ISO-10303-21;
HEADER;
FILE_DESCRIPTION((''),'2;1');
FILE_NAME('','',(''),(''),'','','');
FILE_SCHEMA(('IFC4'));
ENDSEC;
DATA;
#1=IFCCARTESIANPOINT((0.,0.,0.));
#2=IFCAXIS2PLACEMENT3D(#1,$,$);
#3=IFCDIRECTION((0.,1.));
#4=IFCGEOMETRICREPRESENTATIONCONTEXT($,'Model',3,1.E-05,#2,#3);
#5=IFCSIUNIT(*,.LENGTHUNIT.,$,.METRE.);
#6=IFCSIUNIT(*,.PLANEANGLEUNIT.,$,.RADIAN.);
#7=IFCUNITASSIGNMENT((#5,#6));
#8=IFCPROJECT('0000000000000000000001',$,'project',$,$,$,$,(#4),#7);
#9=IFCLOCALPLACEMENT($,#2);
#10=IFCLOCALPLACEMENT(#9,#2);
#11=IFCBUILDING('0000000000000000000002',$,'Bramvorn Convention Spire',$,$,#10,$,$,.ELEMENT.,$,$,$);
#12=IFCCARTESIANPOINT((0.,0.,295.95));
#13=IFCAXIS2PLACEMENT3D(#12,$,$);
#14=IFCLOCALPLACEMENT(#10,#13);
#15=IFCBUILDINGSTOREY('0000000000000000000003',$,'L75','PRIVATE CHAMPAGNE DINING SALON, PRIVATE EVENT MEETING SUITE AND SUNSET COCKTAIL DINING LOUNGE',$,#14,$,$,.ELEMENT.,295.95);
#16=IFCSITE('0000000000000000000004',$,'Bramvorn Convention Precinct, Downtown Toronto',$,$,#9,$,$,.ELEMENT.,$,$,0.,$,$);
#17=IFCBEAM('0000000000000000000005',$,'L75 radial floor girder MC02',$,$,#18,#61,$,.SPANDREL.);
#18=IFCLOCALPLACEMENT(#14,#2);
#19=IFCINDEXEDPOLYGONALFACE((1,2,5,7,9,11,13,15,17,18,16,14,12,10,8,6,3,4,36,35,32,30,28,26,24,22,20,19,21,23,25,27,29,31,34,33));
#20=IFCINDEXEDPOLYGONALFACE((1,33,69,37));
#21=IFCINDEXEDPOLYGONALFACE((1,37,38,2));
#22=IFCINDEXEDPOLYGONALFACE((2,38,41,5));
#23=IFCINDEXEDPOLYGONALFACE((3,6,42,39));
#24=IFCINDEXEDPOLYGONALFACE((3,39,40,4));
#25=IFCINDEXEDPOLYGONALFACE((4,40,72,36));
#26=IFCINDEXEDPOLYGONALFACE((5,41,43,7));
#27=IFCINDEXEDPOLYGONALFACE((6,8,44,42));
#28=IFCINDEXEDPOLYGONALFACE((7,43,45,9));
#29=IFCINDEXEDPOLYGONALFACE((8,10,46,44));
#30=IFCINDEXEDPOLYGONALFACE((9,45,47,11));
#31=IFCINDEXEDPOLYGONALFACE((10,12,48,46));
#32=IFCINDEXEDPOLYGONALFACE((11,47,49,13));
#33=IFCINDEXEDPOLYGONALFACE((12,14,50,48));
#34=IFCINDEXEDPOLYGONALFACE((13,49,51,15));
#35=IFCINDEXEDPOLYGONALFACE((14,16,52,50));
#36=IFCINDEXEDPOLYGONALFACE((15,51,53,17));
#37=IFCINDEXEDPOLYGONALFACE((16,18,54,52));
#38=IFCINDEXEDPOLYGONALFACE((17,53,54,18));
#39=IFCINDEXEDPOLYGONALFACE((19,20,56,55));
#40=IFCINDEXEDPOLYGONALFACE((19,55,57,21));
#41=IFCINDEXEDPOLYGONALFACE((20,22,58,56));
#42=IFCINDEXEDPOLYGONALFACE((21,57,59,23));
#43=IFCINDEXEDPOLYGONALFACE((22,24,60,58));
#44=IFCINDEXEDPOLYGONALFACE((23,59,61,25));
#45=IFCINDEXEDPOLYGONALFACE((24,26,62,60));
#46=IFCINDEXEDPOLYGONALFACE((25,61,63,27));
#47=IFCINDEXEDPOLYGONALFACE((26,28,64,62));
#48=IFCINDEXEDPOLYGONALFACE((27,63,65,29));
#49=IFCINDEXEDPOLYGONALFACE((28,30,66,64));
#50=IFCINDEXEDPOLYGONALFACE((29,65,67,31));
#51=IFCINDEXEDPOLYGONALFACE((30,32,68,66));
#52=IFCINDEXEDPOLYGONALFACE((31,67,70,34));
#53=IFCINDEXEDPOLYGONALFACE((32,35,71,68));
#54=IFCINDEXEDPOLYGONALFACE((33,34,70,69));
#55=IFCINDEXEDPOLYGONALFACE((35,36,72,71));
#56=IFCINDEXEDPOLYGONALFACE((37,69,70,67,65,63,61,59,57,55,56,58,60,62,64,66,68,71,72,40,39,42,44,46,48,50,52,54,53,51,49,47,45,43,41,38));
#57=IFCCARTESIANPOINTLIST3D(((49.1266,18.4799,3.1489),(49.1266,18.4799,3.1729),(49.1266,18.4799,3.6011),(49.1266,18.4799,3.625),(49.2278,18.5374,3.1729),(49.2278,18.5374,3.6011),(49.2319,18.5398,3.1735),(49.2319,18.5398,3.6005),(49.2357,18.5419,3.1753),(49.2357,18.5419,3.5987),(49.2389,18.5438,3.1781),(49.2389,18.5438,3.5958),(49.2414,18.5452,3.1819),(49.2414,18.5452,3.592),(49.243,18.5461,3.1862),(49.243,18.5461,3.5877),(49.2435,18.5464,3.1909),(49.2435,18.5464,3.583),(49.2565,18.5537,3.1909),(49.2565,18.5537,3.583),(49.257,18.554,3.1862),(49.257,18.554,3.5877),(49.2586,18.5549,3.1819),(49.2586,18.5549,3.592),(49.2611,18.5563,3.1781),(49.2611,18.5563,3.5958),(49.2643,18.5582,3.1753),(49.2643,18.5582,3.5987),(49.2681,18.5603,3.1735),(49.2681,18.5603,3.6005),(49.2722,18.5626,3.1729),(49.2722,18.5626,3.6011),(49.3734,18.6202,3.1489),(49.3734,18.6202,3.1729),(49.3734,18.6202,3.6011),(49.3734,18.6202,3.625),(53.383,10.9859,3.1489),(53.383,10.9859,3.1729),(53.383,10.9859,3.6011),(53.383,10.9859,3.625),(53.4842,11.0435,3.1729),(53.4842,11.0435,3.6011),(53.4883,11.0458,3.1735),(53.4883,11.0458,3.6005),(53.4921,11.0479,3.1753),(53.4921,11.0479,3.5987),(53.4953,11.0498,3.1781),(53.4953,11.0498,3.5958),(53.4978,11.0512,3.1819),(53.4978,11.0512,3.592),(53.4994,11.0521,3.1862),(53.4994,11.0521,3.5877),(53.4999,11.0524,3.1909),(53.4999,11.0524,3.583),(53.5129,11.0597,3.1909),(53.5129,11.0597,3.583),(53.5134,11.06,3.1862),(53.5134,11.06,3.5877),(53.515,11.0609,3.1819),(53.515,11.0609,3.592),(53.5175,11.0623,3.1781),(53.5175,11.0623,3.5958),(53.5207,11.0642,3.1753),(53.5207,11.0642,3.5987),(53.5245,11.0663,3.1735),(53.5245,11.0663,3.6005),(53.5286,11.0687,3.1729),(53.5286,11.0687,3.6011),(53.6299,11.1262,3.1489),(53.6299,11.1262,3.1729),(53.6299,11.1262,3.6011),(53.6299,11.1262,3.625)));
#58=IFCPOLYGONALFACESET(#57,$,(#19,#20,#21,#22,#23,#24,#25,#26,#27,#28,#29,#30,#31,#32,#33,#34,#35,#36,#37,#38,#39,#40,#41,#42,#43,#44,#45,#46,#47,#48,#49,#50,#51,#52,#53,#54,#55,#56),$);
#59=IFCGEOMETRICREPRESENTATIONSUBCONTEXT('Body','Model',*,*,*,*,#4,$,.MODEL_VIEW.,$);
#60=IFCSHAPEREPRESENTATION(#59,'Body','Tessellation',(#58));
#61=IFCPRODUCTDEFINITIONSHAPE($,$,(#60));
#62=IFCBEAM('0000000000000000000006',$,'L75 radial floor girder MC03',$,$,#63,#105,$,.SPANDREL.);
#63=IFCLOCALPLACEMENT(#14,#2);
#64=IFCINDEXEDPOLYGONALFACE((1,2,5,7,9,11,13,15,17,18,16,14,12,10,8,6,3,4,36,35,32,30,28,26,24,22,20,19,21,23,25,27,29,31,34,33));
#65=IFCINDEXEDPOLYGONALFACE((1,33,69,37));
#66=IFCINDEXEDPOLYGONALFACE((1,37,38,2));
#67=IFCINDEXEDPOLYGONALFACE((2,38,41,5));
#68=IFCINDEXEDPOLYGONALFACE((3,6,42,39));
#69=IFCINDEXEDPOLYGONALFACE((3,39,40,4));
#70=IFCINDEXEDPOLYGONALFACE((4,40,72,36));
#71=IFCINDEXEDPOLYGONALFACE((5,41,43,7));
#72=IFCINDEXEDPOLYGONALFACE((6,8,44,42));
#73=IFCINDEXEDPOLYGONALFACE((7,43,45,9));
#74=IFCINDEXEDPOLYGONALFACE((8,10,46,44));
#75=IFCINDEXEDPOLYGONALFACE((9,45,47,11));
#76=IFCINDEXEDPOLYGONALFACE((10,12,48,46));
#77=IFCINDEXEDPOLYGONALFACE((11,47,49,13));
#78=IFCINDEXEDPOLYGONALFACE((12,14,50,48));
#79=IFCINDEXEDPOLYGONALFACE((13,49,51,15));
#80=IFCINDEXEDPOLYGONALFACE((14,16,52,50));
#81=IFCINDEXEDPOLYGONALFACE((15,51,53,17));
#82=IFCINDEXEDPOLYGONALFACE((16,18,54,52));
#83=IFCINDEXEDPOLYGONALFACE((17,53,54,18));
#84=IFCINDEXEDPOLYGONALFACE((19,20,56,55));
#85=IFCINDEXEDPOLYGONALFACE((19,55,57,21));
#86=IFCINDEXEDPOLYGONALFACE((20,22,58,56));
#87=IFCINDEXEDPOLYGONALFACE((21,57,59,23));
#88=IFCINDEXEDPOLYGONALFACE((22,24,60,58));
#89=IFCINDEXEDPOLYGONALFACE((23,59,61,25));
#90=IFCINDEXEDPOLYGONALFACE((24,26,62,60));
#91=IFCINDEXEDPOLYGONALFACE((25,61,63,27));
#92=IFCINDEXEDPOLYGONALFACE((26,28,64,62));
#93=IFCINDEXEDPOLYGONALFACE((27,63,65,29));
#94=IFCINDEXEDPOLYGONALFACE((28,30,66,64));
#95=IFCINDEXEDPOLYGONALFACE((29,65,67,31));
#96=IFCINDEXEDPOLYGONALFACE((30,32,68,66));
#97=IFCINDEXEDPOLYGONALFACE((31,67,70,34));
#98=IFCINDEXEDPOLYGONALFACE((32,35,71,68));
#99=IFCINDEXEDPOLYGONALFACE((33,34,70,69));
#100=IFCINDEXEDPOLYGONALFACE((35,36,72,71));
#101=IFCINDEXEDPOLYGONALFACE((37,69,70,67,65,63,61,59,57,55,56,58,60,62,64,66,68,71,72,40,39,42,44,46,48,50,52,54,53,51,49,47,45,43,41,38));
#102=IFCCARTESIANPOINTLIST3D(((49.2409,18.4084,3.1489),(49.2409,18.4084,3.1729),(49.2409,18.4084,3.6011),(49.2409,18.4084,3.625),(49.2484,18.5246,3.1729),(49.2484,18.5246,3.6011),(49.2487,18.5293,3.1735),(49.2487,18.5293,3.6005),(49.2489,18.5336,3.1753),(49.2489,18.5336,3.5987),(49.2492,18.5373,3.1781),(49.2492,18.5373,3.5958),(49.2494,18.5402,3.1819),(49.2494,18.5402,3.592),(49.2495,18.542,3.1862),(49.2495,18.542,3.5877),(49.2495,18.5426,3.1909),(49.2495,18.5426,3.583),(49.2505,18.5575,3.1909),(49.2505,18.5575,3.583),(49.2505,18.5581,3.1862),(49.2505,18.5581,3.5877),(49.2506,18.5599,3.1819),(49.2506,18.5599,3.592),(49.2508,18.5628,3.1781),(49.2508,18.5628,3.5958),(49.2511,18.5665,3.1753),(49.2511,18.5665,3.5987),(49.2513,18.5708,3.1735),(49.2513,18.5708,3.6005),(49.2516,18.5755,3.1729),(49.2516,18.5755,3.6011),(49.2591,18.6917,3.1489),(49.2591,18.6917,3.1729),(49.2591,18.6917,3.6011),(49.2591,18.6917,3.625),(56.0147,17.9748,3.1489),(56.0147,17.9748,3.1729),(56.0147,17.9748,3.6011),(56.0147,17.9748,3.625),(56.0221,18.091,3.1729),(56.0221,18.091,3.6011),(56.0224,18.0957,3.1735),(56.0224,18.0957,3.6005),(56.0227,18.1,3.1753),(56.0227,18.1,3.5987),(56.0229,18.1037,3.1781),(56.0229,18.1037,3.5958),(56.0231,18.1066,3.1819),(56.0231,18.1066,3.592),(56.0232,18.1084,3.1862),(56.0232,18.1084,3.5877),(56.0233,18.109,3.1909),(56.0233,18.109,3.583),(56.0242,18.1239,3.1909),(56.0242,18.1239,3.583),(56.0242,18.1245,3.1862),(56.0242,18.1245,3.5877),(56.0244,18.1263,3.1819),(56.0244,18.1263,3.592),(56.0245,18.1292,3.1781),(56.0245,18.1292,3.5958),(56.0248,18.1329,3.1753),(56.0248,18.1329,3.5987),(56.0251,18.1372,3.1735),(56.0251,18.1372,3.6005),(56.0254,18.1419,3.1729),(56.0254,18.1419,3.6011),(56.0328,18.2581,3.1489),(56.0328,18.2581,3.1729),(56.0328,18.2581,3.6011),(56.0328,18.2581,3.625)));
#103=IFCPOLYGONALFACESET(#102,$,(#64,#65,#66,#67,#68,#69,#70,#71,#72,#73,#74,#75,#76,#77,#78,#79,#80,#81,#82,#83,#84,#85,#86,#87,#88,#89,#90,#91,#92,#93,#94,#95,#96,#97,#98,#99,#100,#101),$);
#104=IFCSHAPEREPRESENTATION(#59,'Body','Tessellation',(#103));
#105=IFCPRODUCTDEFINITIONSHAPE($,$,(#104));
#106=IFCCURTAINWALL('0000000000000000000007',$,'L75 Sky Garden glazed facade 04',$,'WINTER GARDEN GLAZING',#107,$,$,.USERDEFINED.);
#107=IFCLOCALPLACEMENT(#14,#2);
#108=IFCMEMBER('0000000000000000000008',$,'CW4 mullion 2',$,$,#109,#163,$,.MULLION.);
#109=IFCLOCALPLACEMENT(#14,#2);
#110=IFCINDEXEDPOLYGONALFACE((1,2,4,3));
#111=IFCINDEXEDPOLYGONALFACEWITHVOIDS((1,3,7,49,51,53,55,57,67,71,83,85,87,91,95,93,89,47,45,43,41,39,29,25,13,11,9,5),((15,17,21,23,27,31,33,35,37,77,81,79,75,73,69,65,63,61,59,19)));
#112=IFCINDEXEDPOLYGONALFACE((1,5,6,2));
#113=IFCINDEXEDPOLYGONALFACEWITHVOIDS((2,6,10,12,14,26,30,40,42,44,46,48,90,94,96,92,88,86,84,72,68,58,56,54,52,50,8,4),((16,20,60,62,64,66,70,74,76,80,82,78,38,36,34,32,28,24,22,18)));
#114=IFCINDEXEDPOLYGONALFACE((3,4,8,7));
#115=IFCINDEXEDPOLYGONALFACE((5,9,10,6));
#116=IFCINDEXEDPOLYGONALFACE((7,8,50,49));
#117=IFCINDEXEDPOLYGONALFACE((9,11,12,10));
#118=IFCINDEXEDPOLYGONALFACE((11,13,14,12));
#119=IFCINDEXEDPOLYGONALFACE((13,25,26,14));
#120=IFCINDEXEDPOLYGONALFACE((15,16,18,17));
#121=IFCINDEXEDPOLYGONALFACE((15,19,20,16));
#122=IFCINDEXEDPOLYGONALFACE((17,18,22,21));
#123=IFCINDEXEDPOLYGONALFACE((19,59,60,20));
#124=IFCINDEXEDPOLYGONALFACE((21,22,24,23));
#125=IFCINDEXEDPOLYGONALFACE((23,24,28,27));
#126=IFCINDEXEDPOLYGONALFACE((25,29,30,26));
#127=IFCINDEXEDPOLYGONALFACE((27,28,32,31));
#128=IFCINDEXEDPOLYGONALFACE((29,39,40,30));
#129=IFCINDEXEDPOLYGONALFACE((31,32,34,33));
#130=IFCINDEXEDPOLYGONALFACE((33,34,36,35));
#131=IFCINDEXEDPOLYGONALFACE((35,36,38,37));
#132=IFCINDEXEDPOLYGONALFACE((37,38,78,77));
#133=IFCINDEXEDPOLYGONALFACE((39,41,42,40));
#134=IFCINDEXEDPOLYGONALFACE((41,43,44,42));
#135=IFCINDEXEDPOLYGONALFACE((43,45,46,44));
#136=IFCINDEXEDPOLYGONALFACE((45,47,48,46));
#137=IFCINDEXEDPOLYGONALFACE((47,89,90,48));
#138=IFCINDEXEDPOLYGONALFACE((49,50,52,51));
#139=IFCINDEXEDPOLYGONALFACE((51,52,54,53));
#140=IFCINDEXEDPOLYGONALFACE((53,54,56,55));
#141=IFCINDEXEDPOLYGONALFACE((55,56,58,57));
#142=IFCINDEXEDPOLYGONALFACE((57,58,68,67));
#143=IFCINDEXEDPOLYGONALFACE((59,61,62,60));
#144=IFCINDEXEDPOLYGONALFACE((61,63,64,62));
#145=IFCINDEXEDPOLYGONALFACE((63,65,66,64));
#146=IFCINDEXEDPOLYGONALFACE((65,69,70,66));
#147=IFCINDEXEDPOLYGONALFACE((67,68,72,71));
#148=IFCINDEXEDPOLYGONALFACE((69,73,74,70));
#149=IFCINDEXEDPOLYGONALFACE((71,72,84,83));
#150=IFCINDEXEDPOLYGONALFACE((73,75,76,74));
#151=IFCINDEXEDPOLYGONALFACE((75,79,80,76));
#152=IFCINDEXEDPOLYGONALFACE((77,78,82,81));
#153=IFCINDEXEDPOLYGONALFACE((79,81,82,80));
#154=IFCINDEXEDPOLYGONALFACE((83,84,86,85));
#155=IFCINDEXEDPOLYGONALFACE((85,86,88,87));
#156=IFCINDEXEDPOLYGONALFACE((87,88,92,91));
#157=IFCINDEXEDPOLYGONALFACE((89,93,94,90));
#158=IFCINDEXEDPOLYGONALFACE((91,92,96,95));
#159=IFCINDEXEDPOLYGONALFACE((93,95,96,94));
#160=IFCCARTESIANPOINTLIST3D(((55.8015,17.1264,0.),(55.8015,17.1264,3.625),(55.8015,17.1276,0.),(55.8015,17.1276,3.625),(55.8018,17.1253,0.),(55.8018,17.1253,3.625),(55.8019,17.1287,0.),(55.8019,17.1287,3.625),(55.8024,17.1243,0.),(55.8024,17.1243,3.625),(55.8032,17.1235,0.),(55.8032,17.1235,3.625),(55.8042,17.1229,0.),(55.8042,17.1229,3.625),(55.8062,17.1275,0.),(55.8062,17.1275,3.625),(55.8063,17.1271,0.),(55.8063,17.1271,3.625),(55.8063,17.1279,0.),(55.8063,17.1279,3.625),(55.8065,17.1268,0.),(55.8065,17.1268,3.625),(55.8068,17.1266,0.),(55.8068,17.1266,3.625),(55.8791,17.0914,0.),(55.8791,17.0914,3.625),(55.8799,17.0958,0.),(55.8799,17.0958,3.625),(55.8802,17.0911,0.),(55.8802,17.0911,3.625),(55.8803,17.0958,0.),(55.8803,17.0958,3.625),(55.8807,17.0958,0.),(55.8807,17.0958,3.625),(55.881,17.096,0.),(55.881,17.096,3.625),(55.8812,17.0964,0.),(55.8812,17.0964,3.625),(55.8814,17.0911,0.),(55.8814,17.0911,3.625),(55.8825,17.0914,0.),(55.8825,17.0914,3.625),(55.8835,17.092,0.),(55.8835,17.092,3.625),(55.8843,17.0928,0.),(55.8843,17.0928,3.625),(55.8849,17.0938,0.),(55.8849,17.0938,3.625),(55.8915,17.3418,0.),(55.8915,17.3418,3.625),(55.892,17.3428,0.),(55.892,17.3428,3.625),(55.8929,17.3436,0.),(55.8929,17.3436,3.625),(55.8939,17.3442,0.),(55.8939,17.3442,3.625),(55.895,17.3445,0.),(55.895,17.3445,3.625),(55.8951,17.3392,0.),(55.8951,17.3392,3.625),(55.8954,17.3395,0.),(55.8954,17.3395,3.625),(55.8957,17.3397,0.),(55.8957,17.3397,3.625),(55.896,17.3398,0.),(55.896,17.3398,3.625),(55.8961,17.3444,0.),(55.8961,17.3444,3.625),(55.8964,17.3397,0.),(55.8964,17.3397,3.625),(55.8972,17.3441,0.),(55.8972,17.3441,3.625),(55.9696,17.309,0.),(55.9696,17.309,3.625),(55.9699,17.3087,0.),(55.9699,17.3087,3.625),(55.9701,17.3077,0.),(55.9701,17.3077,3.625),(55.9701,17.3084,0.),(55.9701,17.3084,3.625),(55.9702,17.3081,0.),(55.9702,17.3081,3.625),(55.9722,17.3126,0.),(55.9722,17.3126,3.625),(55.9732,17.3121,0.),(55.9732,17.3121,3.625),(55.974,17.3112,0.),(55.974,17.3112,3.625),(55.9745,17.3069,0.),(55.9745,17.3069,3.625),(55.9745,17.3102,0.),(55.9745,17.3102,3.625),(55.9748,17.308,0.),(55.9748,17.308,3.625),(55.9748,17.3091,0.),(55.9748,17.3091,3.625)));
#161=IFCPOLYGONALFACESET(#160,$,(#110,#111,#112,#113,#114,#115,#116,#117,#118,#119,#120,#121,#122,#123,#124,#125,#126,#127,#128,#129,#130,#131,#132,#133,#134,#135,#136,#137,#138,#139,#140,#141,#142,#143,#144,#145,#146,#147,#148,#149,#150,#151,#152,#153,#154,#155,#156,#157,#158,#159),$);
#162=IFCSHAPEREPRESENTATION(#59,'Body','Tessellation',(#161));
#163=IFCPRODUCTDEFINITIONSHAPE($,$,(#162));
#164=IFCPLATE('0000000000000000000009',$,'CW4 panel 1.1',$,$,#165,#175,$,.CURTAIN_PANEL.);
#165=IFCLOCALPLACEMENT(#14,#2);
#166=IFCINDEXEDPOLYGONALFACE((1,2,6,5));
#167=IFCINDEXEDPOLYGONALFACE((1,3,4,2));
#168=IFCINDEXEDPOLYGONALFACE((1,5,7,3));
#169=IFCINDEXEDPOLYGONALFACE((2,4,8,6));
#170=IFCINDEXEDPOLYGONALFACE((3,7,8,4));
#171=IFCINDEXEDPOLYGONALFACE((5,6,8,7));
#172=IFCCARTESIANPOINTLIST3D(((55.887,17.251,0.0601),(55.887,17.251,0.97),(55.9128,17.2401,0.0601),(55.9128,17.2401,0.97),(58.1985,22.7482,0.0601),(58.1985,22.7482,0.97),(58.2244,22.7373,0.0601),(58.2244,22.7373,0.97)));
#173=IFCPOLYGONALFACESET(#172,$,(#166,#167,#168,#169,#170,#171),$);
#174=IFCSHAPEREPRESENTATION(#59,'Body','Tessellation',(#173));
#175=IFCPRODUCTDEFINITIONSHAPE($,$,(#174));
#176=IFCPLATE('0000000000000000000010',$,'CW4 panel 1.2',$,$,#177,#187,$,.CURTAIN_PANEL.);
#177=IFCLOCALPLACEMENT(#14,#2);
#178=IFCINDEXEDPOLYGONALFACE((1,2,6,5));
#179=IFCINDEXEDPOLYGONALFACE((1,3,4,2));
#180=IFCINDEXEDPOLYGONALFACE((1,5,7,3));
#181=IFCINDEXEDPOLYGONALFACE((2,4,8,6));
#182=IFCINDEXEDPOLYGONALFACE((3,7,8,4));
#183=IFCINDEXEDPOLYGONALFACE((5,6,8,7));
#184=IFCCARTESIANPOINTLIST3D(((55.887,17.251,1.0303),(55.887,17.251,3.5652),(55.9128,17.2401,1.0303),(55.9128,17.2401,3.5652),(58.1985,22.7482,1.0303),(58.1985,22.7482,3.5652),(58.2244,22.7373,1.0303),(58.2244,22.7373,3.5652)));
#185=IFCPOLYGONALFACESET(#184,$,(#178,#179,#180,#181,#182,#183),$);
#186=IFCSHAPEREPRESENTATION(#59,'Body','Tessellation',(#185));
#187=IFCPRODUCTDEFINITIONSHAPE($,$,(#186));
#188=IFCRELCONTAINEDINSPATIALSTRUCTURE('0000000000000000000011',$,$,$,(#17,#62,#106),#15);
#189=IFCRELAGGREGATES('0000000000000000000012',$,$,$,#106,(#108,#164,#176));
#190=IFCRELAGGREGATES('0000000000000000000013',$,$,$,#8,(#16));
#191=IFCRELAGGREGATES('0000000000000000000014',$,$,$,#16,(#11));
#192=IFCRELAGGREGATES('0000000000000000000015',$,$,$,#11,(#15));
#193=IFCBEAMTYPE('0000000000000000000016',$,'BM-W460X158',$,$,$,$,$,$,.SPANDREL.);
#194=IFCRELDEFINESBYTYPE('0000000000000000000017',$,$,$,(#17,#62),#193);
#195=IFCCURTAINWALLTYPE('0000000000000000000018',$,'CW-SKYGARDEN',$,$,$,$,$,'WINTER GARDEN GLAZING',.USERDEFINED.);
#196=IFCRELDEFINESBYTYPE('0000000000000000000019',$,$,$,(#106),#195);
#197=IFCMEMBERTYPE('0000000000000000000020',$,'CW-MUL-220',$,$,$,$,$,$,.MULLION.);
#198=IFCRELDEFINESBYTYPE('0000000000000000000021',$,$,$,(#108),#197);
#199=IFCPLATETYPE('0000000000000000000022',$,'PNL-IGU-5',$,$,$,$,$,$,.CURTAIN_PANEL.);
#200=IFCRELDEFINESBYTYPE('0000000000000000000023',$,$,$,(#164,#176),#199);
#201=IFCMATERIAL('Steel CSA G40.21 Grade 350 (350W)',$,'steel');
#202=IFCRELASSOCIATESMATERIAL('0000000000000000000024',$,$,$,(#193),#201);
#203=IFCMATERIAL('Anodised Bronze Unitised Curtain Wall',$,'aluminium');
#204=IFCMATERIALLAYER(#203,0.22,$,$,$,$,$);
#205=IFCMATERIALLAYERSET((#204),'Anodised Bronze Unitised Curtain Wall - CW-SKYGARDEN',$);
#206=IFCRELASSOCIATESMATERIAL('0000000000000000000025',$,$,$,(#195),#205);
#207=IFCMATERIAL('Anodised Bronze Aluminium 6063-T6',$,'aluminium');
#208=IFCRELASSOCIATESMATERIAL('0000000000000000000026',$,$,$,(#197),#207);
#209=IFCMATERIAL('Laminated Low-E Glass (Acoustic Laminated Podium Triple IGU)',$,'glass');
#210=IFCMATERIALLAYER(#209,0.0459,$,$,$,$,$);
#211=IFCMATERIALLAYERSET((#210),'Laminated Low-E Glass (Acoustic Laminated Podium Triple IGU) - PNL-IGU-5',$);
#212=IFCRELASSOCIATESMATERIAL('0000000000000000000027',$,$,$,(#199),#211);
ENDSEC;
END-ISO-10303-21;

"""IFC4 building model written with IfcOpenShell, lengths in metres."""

from ifc_helpers import new_model, si_unit, direction, frame, origin, origin_2d, place, context, subcontext, project, spatial, rectangle, hollow_rectangle, i_section, extrude, material, layer, layer_set, material_profile, profile_set, type_object, element, aggregate, save


model = new_model("IFC4")

# Units and contexts
model_context = context("Model", 3, precision=1e-05, world=origin(), true_north=direction((0.0, 1.0)))
body_context = subcontext(model_context, "Body", "Model", "MODEL_VIEW")
ifc_project = project(units=[si_unit("LENGTHUNIT", "METRE"), si_unit("PLANEANGLEUNIT", "RADIAN")], contexts=[model_context])

# Site, building, storey
site_placement = place(None, origin())
site = spatial("IfcSite", under=ifc_project, at=site_placement, Name="Bramvorn Convention Precinct, Downtown Toronto", CompositionType="ELEMENT", RefElevation=0.0)
building_placement = place(site_placement, origin())
building = spatial("IfcBuilding", under=site, at=building_placement, Name="Bramvorn Convention Spire", CompositionType="ELEMENT")
storey_placement = place(building_placement, frame((0.0, 0.0, 295.95)))
storey = spatial("IfcBuildingStorey", under=building, at=storey_placement, Name="L75", Description="PRIVATE CHAMPAGNE DINING SALON, PRIVATE EVENT MEETING SUITE AND SUNSET COCKTAIL DINING LOUNGE", CompositionType="ELEMENT", Elevation=295.95)

# Shared definitions
ifc_material_1 = material(Name="Steel CSA G40.21 Grade 350 (350W)", Category="steel")

# Beams
ifc_material_profile_1 = material_profile(ifc_material_1, i_section(OverallWidth=0.2839, OverallDepth=0.4761, WebThickness=0.0149, FlangeThickness=0.0239, FilletRadius=0.0181, at=origin_2d()))
ifc_profile_set_1 = profile_set([ifc_material_profile_1], Name="Steel CSA G40.21 Grade 350 (350W) - W460X158")
beam_type_1 = type_object("IfcBeamType", Name="BM-W460X158", PredefinedType="SPANDREL", material=ifc_profile_set_1)
beam_1_placement = place(storey_placement, frame((49.25, 18.55, 3.387), z_axis=(0.493874, -0.869534, 0.0), x_axis=(0.869534, 0.493874, 0.0)))
element("IfcBeam", 1, at=beam_1_placement, inside=storey, type_object=beam_type_1, Name="L75 radial floor girder MC02", PredefinedType="SPANDREL", context=body_context, shape_type="SweptSolid", body=[
    extrude(i_section(OverallWidth=0.2839, OverallDepth=0.4761, WebThickness=0.0149, FlangeThickness=0.0239, FilletRadius=0.0181, at=origin_2d()), origin(), (0.0, 0.0, 1.0), 8.6184),
])
beam_2_placement = place(storey_placement, frame((49.25, 18.55, 3.387), z_axis=(0.997958, -0.063881, 0.0), x_axis=(0.063881, 0.997958, 0.0)))
element("IfcBeam", 2, at=beam_2_placement, inside=storey, type_object=beam_type_1, Name="L75 radial floor girder MC03", PredefinedType="SPANDREL", context=body_context, shape_type="SweptSolid", body=[
    extrude(i_section(OverallWidth=0.2839, OverallDepth=0.4761, WebThickness=0.0149, FlangeThickness=0.0239, FilletRadius=0.0181, at=origin_2d()), origin(), (0.0, 0.0, 1.0), 6.7876),
])

# Curtain wall, member, plates
ifc_material_2 = material(Name="Anodised Bronze Unitised Curtain Wall", Category="aluminium")
ifc_layer_1 = layer(ifc_material_2, 0.22)
ifc_layer_set_1 = layer_set([ifc_layer_1], Name="Anodised Bronze Unitised Curtain Wall - CW-SKYGARDEN")
curtain_wall_type = type_object("IfcCurtainWallType", Name="CW-SKYGARDEN", ElementType="WINTER GARDEN GLAZING", PredefinedType="USERDEFINED", material=ifc_layer_set_1)
curtain_wall_placement = place(storey_placement, origin())
curtain_wall = element("IfcCurtainWall", 3, at=curtain_wall_placement, inside=storey, type_object=curtain_wall_type, Name="L75 Sky Garden glazed facade 04", ObjectType="WINTER GARDEN GLAZING", PredefinedType="USERDEFINED")
ifc_material_3 = material(Name="Anodised Bronze Aluminium 6063-T6", Category="aluminium")
ifc_material_profile_2 = material_profile(ifc_material_3, hollow_rectangle(XDim=0.0901, YDim=0.24, WallThickness=0.0044, InnerFilletRadius=0.001, OuterFilletRadius=0.0044, at=origin_2d()))
ifc_profile_set_2 = profile_set([ifc_material_profile_2], Name="Anodised Bronze Aluminium 6063-T6 - CWM90X240")
member_type = type_object("IfcMemberType", Name="CW-MUL-220", PredefinedType="MULLION", material=ifc_profile_set_2)
member_placement = place(storey_placement, frame((55.8882, 17.2178, 0.0), z_axis=(0.0, 0.0, 1.0), x_axis=(0.92182, -0.387619, 0.0)))
member = element("IfcMember", 4, at=member_placement, type_object=member_type, Name="CW4 mullion 2", PredefinedType="MULLION", context=body_context, shape_type="SweptSolid", body=[
    extrude(hollow_rectangle(XDim=0.0901, YDim=0.24, WallThickness=0.0044, InnerFilletRadius=0.001, OuterFilletRadius=0.0044, at=origin_2d()), origin(), (0.0, 0.0, 1.0), 3.625),
])
ifc_material_4 = material(Name="Laminated Low-E Glass (Acoustic Laminated Podium Triple IGU)", Category="glass")
ifc_layer_2 = layer(ifc_material_4, 0.0459)
ifc_layer_set_2 = layer_set([ifc_layer_2], Name="Laminated Low-E Glass (Acoustic Laminated Podium Triple IGU) - PNL-IGU-5")
plate_type = type_object("IfcPlateType", Name="PNL-IGU-5", PredefinedType="CURTAIN_PANEL", material=ifc_layer_set_2)
plate_1_placement = place(storey_placement, frame((57.0557, 19.9941, 0.0601), z_axis=(0.0, 0.0, 1.0), x_axis=(-0.387619, -0.92182, 0.0)))
plate_1 = element("IfcPlate", 5, at=plate_1_placement, type_object=plate_type, Name="CW4 panel 1.1", PredefinedType="CURTAIN_PANEL", context=body_context, shape_type="SweptSolid", body=[
    extrude(rectangle(XDim=5.9634, YDim=0.0281, at=origin_2d()), origin(), (0.0, 0.0, 1.0), 0.9099),
])
plate_2_placement = place(storey_placement, frame((57.0557, 19.9941, 1.0303), z_axis=(0.0, 0.0, 1.0), x_axis=(-0.387619, -0.92182, 0.0)))
plate_2 = element("IfcPlate", 6, at=plate_2_placement, type_object=plate_type, Name="CW4 panel 1.2", PredefinedType="CURTAIN_PANEL", context=body_context, shape_type="SweptSolid", body=[
    extrude(rectangle(XDim=5.9634, YDim=0.0281, at=origin_2d()), origin(), (0.0, 0.0, 1.0), 2.5349),
])
aggregate(curtain_wall, [member, plate_1, plate_2])

save(model, "model.ifc")
